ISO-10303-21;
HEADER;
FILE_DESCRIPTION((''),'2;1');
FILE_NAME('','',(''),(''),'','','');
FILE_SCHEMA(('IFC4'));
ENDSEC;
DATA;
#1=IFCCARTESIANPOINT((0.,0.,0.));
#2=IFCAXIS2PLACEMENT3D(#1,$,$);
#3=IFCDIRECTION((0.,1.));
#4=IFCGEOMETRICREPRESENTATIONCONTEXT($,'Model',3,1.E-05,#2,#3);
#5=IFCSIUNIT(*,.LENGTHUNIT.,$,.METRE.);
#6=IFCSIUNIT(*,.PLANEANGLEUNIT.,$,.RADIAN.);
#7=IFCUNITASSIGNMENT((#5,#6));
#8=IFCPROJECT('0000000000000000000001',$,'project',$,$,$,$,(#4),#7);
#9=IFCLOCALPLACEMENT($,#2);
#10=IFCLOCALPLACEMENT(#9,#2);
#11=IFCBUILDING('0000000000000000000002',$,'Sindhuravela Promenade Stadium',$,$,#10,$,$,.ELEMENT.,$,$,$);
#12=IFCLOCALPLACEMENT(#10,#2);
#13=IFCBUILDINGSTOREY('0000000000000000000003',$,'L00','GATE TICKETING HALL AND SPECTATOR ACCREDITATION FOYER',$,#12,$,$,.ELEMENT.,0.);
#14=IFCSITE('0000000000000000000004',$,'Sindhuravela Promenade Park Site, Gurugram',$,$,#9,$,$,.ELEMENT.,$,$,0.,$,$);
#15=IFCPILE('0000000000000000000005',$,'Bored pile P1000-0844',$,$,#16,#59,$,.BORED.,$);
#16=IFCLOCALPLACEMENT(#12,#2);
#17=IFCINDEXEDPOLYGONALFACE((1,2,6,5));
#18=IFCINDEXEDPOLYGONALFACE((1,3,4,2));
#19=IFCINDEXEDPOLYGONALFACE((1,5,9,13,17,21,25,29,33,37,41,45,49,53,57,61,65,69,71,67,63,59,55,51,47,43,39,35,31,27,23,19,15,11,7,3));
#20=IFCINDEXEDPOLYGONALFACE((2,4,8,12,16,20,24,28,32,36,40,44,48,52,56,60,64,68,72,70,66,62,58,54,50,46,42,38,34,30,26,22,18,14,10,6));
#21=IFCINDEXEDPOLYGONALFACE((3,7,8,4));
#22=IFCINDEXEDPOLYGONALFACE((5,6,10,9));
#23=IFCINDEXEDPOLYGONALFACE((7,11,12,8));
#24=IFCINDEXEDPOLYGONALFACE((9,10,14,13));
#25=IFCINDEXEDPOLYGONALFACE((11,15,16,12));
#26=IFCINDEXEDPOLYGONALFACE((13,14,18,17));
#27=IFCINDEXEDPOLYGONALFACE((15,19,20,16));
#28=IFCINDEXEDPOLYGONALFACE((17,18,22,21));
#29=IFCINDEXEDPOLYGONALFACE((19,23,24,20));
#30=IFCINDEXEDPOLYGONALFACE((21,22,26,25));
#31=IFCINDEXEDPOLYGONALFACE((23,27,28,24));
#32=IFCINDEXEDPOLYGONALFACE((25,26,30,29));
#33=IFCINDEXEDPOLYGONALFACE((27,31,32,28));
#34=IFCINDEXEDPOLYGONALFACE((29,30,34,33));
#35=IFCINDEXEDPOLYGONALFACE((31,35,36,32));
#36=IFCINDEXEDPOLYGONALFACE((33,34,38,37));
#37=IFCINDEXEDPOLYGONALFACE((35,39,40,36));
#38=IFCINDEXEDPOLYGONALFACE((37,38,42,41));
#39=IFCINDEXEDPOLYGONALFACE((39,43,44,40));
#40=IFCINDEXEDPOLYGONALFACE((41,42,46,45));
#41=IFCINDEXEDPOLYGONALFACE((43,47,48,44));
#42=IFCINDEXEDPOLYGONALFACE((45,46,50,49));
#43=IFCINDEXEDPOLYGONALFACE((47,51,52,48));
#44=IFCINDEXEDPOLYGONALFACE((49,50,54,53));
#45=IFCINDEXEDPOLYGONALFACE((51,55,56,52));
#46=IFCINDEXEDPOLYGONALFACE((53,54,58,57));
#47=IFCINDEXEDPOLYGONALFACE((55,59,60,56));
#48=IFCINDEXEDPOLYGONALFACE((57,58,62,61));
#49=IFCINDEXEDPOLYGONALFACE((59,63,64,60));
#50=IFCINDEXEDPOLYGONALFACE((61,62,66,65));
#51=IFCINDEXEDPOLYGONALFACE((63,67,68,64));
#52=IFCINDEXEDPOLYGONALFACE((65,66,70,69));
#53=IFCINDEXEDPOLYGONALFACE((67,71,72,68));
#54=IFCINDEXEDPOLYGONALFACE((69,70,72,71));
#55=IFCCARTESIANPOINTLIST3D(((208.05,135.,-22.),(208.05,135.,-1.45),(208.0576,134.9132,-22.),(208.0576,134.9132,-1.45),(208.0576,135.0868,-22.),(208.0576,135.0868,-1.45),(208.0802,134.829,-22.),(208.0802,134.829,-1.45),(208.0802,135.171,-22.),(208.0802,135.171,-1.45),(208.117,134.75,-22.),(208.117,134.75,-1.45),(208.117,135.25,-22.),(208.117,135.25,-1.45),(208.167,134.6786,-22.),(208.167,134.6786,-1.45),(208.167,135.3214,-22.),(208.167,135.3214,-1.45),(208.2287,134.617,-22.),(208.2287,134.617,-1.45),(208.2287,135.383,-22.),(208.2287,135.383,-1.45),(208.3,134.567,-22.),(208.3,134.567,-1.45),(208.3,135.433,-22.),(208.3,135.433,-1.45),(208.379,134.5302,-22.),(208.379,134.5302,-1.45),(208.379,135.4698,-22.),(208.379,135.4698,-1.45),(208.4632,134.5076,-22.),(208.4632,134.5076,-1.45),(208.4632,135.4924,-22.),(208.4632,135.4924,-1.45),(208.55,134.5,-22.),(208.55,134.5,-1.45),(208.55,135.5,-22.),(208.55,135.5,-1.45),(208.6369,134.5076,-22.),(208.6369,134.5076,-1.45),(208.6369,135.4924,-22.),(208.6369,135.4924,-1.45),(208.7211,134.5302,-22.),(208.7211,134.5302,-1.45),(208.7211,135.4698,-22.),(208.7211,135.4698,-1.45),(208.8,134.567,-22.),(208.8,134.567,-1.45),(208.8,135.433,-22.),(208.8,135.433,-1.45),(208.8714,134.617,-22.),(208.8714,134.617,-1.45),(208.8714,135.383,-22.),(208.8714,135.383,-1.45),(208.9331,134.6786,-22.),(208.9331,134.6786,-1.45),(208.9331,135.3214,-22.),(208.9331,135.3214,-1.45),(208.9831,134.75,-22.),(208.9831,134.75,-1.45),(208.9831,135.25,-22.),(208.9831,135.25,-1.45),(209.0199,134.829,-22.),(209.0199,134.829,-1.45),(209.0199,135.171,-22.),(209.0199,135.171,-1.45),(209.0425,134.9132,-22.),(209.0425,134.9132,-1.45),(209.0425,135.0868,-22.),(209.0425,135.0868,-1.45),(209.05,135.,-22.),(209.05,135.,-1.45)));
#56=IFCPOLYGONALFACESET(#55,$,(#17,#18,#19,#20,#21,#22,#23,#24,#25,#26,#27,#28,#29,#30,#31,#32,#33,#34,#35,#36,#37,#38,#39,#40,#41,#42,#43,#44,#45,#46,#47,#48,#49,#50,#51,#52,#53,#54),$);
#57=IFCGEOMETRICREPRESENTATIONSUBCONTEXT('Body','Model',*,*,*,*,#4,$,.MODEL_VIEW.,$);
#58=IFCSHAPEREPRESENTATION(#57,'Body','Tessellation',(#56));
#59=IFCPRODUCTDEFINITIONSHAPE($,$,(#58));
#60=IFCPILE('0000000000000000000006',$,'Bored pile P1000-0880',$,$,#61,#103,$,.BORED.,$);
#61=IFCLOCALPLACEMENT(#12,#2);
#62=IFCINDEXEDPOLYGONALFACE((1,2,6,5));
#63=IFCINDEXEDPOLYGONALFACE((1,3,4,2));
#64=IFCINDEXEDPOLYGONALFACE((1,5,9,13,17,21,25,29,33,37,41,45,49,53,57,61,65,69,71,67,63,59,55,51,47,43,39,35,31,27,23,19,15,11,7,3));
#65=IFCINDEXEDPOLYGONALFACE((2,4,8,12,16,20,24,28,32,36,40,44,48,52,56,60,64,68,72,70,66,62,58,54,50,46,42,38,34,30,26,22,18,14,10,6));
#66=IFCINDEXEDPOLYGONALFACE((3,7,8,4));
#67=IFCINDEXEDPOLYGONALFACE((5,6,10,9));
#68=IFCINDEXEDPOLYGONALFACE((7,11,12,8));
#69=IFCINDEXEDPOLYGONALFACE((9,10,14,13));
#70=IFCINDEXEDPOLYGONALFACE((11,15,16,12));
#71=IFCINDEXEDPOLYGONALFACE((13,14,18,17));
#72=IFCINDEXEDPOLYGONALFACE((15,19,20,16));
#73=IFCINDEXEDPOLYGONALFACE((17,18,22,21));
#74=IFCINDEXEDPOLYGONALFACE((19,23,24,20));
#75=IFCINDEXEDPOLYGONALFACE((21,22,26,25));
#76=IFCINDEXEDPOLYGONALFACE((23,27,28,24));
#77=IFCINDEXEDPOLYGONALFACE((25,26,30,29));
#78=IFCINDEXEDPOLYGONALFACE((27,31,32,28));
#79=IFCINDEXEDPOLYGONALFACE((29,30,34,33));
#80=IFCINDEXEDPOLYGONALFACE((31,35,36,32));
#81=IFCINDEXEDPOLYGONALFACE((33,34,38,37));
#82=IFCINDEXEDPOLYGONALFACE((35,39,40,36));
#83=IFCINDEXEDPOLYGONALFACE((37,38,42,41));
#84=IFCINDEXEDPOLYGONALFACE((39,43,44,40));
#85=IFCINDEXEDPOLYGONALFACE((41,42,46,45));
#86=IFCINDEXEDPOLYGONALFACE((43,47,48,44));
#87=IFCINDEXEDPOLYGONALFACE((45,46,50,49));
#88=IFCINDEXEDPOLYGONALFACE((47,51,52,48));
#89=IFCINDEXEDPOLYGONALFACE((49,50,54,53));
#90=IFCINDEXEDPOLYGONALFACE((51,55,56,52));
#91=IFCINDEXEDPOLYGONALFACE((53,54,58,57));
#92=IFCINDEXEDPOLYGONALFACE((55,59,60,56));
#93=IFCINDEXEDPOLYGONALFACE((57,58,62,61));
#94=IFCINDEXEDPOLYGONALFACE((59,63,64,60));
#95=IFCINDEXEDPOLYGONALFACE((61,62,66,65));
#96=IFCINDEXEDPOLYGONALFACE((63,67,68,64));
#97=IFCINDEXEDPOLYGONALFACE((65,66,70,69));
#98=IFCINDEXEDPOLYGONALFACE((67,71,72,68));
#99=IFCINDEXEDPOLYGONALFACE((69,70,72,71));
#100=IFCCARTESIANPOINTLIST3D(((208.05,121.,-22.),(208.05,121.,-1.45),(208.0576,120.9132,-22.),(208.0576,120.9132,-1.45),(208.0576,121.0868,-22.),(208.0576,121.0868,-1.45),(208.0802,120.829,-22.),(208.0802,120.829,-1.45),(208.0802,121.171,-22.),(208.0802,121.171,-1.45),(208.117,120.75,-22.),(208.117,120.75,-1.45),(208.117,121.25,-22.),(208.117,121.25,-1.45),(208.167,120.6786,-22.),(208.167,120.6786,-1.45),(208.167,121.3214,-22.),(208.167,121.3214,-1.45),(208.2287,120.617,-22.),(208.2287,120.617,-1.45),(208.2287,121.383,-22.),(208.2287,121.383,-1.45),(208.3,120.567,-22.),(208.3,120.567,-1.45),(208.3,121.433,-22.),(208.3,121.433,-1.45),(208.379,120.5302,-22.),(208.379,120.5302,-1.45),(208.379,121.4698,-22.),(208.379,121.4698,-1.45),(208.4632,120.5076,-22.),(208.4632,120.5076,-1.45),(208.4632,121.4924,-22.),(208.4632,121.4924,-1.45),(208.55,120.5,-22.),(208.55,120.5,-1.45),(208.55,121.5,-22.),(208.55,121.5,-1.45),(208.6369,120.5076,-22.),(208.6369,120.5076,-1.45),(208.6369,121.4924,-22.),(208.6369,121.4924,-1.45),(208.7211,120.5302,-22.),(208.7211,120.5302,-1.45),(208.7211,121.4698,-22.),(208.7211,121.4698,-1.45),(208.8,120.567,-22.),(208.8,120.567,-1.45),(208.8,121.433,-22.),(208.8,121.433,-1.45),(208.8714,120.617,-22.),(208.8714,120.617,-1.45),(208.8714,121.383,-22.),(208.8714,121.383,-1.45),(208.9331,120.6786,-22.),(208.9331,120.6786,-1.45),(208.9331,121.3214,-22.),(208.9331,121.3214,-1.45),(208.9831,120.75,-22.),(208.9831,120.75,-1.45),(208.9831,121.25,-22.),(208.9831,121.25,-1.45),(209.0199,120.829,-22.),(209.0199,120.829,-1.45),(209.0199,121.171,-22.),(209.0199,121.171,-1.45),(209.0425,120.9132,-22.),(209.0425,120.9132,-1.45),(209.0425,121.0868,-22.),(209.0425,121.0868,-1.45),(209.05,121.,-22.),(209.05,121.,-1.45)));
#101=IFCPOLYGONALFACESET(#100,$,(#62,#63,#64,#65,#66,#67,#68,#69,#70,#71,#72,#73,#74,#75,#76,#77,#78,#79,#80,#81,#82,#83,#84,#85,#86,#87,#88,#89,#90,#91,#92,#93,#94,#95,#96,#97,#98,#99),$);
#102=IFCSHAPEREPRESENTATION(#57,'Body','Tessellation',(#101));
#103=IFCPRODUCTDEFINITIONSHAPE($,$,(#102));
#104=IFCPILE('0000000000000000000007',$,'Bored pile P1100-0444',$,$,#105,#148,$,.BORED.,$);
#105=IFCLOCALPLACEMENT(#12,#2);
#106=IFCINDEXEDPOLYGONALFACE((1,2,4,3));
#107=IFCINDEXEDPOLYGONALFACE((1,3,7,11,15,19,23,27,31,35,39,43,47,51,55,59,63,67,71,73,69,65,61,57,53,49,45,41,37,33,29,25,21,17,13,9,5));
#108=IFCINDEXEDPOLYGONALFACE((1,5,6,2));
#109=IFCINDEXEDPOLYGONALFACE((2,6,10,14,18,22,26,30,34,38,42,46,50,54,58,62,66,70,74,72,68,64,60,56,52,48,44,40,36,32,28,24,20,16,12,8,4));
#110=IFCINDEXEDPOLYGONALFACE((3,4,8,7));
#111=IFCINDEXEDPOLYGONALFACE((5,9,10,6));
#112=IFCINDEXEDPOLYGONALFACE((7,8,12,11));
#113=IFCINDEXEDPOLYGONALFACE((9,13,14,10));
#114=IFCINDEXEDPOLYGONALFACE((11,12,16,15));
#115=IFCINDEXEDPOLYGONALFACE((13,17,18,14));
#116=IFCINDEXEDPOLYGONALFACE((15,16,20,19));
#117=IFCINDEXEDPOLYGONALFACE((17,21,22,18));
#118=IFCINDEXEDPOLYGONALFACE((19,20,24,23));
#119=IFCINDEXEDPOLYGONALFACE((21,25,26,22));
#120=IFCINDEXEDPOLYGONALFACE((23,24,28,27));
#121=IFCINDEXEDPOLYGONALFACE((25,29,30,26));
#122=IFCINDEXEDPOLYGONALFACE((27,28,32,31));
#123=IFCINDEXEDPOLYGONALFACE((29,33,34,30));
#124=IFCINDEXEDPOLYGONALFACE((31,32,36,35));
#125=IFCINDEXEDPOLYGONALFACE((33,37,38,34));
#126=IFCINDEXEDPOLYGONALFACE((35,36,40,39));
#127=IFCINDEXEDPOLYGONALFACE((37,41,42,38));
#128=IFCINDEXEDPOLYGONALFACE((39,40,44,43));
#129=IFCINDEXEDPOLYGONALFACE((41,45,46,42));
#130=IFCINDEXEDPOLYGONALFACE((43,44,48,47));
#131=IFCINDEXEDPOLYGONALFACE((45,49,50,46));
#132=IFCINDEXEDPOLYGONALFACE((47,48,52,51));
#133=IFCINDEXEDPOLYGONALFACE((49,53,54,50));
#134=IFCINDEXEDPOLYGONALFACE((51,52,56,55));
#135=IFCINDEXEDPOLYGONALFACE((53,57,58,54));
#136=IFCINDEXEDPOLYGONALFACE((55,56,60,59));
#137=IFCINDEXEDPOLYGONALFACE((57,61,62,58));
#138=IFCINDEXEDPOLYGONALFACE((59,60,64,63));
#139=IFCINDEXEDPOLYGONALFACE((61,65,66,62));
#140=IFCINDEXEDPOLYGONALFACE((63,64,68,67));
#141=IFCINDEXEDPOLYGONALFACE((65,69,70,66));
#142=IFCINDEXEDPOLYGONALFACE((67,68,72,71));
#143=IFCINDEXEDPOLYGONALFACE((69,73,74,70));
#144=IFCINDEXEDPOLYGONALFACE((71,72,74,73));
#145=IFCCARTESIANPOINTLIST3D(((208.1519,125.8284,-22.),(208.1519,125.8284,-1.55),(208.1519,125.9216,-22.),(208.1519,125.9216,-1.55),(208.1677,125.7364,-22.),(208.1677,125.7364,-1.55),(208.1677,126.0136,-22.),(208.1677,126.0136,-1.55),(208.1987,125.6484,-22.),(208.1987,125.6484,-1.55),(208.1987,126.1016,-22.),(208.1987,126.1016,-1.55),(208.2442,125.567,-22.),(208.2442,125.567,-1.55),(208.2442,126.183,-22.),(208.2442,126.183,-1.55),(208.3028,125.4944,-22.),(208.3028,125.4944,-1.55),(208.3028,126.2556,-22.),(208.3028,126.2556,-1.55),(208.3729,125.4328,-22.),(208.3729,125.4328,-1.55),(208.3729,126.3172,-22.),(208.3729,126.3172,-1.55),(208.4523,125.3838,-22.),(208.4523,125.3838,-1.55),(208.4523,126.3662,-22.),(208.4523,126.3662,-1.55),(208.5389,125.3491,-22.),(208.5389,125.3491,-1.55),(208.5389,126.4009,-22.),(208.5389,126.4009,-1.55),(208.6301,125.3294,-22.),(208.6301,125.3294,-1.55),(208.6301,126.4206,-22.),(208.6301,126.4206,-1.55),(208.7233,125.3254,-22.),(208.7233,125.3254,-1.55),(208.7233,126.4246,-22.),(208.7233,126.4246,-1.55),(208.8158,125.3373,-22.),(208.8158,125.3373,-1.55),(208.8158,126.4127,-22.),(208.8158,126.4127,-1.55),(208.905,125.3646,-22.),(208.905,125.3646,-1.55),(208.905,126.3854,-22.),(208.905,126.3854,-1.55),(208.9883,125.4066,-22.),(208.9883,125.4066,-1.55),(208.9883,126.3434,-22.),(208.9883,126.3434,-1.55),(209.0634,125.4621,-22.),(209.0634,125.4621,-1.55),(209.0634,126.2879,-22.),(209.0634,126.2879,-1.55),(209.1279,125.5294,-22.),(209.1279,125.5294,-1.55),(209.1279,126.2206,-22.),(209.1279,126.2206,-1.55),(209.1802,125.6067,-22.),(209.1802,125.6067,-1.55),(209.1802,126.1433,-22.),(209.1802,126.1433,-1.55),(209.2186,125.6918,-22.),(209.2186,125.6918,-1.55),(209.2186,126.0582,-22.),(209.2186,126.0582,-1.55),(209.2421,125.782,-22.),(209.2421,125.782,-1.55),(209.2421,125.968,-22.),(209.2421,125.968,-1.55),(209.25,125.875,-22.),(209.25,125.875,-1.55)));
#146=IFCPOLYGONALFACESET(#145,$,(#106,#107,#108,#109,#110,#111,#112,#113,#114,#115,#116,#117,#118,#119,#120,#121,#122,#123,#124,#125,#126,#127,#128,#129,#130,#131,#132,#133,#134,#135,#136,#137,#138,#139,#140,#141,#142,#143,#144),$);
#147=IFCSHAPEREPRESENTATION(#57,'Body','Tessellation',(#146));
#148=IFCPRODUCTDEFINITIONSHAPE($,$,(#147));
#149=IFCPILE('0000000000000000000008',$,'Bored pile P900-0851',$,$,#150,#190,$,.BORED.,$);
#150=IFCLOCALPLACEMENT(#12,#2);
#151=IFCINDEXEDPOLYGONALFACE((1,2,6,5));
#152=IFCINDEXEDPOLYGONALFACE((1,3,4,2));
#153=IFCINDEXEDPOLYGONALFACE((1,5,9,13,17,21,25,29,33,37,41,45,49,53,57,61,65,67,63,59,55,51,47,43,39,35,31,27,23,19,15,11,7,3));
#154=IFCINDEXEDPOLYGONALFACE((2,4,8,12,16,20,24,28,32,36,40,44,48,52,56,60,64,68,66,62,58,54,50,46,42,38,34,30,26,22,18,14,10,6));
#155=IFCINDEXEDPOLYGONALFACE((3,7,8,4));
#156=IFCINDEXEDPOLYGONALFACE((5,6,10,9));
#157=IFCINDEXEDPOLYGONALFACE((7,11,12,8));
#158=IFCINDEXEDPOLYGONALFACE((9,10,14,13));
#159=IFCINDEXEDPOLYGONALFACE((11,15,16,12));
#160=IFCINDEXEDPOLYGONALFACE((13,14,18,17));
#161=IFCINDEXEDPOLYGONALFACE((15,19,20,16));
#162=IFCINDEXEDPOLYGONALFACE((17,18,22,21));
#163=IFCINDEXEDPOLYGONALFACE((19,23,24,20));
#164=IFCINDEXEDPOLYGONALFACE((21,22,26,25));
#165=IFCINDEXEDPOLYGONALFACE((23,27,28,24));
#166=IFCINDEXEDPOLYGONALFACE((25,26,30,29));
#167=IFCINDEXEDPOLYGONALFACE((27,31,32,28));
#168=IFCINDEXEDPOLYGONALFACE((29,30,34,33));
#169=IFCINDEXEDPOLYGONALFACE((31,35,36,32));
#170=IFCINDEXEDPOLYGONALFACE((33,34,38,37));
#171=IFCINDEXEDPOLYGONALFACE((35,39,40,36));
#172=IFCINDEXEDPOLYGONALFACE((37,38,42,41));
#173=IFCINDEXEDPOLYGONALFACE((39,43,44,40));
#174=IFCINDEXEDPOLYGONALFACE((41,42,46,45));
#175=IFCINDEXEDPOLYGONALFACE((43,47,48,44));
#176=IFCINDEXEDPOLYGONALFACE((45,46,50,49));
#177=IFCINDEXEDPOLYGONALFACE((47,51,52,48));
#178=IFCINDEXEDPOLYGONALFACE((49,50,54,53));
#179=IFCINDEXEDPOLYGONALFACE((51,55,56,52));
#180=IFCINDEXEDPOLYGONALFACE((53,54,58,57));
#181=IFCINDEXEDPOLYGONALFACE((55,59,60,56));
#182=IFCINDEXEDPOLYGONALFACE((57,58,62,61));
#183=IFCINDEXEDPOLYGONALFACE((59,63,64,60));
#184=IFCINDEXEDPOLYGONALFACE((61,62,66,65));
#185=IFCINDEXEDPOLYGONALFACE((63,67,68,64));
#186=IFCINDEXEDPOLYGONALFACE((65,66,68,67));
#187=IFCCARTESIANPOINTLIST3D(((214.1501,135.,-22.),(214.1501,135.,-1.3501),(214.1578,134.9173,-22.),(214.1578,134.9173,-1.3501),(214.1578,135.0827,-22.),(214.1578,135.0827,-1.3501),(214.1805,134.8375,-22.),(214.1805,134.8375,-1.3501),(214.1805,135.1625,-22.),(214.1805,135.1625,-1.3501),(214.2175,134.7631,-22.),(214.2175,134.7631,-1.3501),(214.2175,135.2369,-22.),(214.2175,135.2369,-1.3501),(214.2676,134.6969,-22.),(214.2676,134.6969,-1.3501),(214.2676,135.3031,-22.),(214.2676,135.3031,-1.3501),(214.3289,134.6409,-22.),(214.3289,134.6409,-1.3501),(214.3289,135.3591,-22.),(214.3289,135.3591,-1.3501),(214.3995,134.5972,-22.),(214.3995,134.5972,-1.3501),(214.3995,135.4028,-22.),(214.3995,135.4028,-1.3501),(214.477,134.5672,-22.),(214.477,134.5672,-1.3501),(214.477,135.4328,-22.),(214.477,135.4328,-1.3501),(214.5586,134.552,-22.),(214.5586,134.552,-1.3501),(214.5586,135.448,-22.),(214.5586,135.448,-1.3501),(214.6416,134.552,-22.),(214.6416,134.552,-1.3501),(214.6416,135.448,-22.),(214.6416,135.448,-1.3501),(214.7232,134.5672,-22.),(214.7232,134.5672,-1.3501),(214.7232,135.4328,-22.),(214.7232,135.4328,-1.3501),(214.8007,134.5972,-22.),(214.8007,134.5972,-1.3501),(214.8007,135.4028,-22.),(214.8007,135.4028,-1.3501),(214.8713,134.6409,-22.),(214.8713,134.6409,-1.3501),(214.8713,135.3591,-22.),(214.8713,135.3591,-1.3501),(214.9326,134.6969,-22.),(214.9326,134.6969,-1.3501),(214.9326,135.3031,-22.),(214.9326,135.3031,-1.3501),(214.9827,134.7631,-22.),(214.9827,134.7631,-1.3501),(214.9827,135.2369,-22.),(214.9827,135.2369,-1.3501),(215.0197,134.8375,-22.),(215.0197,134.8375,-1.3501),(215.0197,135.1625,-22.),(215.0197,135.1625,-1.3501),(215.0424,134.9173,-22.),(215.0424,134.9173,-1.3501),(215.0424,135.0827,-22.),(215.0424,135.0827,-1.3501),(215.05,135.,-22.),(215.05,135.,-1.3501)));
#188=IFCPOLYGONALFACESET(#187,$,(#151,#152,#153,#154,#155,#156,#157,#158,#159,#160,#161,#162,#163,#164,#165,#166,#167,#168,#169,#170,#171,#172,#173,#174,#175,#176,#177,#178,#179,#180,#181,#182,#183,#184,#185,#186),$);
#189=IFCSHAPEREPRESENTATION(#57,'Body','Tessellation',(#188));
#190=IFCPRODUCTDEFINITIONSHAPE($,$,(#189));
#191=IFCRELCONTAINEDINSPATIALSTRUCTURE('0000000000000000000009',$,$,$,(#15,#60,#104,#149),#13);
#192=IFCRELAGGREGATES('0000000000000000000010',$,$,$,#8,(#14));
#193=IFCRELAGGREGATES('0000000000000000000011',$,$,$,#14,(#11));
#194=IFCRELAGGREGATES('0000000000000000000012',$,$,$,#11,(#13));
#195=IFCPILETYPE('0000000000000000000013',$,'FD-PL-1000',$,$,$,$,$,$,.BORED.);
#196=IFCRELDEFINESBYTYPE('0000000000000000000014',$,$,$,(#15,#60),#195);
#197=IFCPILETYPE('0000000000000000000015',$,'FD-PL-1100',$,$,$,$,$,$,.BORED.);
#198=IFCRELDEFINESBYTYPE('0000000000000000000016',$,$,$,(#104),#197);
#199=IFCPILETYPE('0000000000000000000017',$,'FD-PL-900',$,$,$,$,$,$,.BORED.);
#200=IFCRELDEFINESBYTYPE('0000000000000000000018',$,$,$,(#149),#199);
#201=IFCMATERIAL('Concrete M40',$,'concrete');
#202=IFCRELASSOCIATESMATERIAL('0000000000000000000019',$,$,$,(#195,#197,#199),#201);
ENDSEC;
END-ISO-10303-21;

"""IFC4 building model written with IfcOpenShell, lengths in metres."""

from ifc_helpers import new_model, si_unit, direction, frame, origin, origin_2d, place, context, subcontext, project, spatial, circle, extrude, material, material_profile, profile_set, type_object, element, save


model = new_model("IFC4")

# Units and contexts
model_context = context("Model", 3, precision=1e-05, world=origin(), true_north=direction((0.0, 1.0)))
body_context = subcontext(model_context, "Body", "Model", "MODEL_VIEW")
ifc_project = project(units=[si_unit("LENGTHUNIT", "METRE"), si_unit("PLANEANGLEUNIT", "RADIAN")], contexts=[model_context])

# Site, building, storey
site_placement = place(None, origin())
site = spatial("IfcSite", under=ifc_project, at=site_placement, Name="Sindhuravela Promenade Park Site, Gurugram", CompositionType="ELEMENT", RefElevation=0.0)
building_placement = place(site_placement, origin())
building = spatial("IfcBuilding", under=site, at=building_placement, Name="Sindhuravela Promenade Stadium", CompositionType="ELEMENT")
storey_placement = place(building_placement, origin())
storey = spatial("IfcBuildingStorey", under=building, at=storey_placement, Name="L00", Description="GATE TICKETING HALL AND SPECTATOR ACCREDITATION FOYER", CompositionType="ELEMENT", Elevation=0.0)

# Piles
ifc_material_1 = material(Name="Concrete M40", Category="concrete")
ifc_material_profile_1 = material_profile(ifc_material_1, circle(Radius=0.5, at=origin_2d()), Name="BORED PILE D1000")
ifc_profile_set_1 = profile_set([ifc_material_profile_1], Name="Concrete M40")
pile_type_1 = type_object("IfcPileType", Name="FD-PL-1000", PredefinedType="BORED", material=ifc_profile_set_1)
for number, where, z_axis, x_axis, name in (
    (1, (208.55, 135.0, -1.45), (0.0, 0.0, -1.0), (1.0, 0.0, 0.0), "Bored pile P1000-0844"),
    (2, (208.55, 121.0, -1.45), (0.0, 0.0, -1.0), (1.0, 0.0, 0.0), "Bored pile P1000-0880"),
):
    element("IfcPile", number, at=place(storey_placement, frame(where, z_axis=z_axis, x_axis=x_axis)), inside=storey, type_object=pile_type_1, Name=name, PredefinedType="BORED", context=body_context, shape_type="SweptSolid", body=[
        extrude(circle(Radius=0.5, at=origin_2d()), origin(), (0.0, 0.0, 1.0), 20.55),
    ])
ifc_material_profile_2 = material_profile(ifc_material_1, circle(Radius=0.55, at=origin_2d()), Name="BORED PILE D1100")
ifc_profile_set_2 = profile_set([ifc_material_profile_2], Name="Concrete M40")
pile_type_2 = type_object("IfcPileType", Name="FD-PL-1100", PredefinedType="BORED", material=ifc_profile_set_2)
pile_1_placement = place(storey_placement, frame((208.7, 125.875, -1.55), z_axis=(0.0, 0.0, -1.0), x_axis=(1.0, 0.0, 0.0)))
element("IfcPile", 3, at=pile_1_placement, inside=storey, type_object=pile_type_2, Name="Bored pile P1100-0444", PredefinedType="BORED", context=body_context, shape_type="SweptSolid", body=[
    extrude(circle(Radius=0.55, at=origin_2d()), origin(), (0.0, 0.0, 1.0), 20.45),
])
ifc_material_profile_3 = material_profile(ifc_material_1, circle(Radius=0.45, at=origin_2d()), Name="BORED PILE D900")
ifc_profile_set_3 = profile_set([ifc_material_profile_3], Name="Concrete M40")
pile_type_3 = type_object("IfcPileType", Name="FD-PL-900", PredefinedType="BORED", material=ifc_profile_set_3)
for number, where, z_axis, x_axis, name in (
    (4, (214.6001, 135.0, -1.3501), (0.0, 0.0, -1.0), (1.0, 0.0, 0.0), "Bored pile P900-0851"),
):
    element("IfcPile", number, at=place(storey_placement, frame(where, z_axis=z_axis, x_axis=x_axis)), inside=storey, type_object=pile_type_3, Name=name, PredefinedType="BORED", context=body_context, shape_type="SweptSolid", body=[
        extrude(circle(Radius=0.45, at=origin_2d()), origin(), (0.0, 0.0, 1.0), 20.6499),
    ])

save(model, "model.ifc")
